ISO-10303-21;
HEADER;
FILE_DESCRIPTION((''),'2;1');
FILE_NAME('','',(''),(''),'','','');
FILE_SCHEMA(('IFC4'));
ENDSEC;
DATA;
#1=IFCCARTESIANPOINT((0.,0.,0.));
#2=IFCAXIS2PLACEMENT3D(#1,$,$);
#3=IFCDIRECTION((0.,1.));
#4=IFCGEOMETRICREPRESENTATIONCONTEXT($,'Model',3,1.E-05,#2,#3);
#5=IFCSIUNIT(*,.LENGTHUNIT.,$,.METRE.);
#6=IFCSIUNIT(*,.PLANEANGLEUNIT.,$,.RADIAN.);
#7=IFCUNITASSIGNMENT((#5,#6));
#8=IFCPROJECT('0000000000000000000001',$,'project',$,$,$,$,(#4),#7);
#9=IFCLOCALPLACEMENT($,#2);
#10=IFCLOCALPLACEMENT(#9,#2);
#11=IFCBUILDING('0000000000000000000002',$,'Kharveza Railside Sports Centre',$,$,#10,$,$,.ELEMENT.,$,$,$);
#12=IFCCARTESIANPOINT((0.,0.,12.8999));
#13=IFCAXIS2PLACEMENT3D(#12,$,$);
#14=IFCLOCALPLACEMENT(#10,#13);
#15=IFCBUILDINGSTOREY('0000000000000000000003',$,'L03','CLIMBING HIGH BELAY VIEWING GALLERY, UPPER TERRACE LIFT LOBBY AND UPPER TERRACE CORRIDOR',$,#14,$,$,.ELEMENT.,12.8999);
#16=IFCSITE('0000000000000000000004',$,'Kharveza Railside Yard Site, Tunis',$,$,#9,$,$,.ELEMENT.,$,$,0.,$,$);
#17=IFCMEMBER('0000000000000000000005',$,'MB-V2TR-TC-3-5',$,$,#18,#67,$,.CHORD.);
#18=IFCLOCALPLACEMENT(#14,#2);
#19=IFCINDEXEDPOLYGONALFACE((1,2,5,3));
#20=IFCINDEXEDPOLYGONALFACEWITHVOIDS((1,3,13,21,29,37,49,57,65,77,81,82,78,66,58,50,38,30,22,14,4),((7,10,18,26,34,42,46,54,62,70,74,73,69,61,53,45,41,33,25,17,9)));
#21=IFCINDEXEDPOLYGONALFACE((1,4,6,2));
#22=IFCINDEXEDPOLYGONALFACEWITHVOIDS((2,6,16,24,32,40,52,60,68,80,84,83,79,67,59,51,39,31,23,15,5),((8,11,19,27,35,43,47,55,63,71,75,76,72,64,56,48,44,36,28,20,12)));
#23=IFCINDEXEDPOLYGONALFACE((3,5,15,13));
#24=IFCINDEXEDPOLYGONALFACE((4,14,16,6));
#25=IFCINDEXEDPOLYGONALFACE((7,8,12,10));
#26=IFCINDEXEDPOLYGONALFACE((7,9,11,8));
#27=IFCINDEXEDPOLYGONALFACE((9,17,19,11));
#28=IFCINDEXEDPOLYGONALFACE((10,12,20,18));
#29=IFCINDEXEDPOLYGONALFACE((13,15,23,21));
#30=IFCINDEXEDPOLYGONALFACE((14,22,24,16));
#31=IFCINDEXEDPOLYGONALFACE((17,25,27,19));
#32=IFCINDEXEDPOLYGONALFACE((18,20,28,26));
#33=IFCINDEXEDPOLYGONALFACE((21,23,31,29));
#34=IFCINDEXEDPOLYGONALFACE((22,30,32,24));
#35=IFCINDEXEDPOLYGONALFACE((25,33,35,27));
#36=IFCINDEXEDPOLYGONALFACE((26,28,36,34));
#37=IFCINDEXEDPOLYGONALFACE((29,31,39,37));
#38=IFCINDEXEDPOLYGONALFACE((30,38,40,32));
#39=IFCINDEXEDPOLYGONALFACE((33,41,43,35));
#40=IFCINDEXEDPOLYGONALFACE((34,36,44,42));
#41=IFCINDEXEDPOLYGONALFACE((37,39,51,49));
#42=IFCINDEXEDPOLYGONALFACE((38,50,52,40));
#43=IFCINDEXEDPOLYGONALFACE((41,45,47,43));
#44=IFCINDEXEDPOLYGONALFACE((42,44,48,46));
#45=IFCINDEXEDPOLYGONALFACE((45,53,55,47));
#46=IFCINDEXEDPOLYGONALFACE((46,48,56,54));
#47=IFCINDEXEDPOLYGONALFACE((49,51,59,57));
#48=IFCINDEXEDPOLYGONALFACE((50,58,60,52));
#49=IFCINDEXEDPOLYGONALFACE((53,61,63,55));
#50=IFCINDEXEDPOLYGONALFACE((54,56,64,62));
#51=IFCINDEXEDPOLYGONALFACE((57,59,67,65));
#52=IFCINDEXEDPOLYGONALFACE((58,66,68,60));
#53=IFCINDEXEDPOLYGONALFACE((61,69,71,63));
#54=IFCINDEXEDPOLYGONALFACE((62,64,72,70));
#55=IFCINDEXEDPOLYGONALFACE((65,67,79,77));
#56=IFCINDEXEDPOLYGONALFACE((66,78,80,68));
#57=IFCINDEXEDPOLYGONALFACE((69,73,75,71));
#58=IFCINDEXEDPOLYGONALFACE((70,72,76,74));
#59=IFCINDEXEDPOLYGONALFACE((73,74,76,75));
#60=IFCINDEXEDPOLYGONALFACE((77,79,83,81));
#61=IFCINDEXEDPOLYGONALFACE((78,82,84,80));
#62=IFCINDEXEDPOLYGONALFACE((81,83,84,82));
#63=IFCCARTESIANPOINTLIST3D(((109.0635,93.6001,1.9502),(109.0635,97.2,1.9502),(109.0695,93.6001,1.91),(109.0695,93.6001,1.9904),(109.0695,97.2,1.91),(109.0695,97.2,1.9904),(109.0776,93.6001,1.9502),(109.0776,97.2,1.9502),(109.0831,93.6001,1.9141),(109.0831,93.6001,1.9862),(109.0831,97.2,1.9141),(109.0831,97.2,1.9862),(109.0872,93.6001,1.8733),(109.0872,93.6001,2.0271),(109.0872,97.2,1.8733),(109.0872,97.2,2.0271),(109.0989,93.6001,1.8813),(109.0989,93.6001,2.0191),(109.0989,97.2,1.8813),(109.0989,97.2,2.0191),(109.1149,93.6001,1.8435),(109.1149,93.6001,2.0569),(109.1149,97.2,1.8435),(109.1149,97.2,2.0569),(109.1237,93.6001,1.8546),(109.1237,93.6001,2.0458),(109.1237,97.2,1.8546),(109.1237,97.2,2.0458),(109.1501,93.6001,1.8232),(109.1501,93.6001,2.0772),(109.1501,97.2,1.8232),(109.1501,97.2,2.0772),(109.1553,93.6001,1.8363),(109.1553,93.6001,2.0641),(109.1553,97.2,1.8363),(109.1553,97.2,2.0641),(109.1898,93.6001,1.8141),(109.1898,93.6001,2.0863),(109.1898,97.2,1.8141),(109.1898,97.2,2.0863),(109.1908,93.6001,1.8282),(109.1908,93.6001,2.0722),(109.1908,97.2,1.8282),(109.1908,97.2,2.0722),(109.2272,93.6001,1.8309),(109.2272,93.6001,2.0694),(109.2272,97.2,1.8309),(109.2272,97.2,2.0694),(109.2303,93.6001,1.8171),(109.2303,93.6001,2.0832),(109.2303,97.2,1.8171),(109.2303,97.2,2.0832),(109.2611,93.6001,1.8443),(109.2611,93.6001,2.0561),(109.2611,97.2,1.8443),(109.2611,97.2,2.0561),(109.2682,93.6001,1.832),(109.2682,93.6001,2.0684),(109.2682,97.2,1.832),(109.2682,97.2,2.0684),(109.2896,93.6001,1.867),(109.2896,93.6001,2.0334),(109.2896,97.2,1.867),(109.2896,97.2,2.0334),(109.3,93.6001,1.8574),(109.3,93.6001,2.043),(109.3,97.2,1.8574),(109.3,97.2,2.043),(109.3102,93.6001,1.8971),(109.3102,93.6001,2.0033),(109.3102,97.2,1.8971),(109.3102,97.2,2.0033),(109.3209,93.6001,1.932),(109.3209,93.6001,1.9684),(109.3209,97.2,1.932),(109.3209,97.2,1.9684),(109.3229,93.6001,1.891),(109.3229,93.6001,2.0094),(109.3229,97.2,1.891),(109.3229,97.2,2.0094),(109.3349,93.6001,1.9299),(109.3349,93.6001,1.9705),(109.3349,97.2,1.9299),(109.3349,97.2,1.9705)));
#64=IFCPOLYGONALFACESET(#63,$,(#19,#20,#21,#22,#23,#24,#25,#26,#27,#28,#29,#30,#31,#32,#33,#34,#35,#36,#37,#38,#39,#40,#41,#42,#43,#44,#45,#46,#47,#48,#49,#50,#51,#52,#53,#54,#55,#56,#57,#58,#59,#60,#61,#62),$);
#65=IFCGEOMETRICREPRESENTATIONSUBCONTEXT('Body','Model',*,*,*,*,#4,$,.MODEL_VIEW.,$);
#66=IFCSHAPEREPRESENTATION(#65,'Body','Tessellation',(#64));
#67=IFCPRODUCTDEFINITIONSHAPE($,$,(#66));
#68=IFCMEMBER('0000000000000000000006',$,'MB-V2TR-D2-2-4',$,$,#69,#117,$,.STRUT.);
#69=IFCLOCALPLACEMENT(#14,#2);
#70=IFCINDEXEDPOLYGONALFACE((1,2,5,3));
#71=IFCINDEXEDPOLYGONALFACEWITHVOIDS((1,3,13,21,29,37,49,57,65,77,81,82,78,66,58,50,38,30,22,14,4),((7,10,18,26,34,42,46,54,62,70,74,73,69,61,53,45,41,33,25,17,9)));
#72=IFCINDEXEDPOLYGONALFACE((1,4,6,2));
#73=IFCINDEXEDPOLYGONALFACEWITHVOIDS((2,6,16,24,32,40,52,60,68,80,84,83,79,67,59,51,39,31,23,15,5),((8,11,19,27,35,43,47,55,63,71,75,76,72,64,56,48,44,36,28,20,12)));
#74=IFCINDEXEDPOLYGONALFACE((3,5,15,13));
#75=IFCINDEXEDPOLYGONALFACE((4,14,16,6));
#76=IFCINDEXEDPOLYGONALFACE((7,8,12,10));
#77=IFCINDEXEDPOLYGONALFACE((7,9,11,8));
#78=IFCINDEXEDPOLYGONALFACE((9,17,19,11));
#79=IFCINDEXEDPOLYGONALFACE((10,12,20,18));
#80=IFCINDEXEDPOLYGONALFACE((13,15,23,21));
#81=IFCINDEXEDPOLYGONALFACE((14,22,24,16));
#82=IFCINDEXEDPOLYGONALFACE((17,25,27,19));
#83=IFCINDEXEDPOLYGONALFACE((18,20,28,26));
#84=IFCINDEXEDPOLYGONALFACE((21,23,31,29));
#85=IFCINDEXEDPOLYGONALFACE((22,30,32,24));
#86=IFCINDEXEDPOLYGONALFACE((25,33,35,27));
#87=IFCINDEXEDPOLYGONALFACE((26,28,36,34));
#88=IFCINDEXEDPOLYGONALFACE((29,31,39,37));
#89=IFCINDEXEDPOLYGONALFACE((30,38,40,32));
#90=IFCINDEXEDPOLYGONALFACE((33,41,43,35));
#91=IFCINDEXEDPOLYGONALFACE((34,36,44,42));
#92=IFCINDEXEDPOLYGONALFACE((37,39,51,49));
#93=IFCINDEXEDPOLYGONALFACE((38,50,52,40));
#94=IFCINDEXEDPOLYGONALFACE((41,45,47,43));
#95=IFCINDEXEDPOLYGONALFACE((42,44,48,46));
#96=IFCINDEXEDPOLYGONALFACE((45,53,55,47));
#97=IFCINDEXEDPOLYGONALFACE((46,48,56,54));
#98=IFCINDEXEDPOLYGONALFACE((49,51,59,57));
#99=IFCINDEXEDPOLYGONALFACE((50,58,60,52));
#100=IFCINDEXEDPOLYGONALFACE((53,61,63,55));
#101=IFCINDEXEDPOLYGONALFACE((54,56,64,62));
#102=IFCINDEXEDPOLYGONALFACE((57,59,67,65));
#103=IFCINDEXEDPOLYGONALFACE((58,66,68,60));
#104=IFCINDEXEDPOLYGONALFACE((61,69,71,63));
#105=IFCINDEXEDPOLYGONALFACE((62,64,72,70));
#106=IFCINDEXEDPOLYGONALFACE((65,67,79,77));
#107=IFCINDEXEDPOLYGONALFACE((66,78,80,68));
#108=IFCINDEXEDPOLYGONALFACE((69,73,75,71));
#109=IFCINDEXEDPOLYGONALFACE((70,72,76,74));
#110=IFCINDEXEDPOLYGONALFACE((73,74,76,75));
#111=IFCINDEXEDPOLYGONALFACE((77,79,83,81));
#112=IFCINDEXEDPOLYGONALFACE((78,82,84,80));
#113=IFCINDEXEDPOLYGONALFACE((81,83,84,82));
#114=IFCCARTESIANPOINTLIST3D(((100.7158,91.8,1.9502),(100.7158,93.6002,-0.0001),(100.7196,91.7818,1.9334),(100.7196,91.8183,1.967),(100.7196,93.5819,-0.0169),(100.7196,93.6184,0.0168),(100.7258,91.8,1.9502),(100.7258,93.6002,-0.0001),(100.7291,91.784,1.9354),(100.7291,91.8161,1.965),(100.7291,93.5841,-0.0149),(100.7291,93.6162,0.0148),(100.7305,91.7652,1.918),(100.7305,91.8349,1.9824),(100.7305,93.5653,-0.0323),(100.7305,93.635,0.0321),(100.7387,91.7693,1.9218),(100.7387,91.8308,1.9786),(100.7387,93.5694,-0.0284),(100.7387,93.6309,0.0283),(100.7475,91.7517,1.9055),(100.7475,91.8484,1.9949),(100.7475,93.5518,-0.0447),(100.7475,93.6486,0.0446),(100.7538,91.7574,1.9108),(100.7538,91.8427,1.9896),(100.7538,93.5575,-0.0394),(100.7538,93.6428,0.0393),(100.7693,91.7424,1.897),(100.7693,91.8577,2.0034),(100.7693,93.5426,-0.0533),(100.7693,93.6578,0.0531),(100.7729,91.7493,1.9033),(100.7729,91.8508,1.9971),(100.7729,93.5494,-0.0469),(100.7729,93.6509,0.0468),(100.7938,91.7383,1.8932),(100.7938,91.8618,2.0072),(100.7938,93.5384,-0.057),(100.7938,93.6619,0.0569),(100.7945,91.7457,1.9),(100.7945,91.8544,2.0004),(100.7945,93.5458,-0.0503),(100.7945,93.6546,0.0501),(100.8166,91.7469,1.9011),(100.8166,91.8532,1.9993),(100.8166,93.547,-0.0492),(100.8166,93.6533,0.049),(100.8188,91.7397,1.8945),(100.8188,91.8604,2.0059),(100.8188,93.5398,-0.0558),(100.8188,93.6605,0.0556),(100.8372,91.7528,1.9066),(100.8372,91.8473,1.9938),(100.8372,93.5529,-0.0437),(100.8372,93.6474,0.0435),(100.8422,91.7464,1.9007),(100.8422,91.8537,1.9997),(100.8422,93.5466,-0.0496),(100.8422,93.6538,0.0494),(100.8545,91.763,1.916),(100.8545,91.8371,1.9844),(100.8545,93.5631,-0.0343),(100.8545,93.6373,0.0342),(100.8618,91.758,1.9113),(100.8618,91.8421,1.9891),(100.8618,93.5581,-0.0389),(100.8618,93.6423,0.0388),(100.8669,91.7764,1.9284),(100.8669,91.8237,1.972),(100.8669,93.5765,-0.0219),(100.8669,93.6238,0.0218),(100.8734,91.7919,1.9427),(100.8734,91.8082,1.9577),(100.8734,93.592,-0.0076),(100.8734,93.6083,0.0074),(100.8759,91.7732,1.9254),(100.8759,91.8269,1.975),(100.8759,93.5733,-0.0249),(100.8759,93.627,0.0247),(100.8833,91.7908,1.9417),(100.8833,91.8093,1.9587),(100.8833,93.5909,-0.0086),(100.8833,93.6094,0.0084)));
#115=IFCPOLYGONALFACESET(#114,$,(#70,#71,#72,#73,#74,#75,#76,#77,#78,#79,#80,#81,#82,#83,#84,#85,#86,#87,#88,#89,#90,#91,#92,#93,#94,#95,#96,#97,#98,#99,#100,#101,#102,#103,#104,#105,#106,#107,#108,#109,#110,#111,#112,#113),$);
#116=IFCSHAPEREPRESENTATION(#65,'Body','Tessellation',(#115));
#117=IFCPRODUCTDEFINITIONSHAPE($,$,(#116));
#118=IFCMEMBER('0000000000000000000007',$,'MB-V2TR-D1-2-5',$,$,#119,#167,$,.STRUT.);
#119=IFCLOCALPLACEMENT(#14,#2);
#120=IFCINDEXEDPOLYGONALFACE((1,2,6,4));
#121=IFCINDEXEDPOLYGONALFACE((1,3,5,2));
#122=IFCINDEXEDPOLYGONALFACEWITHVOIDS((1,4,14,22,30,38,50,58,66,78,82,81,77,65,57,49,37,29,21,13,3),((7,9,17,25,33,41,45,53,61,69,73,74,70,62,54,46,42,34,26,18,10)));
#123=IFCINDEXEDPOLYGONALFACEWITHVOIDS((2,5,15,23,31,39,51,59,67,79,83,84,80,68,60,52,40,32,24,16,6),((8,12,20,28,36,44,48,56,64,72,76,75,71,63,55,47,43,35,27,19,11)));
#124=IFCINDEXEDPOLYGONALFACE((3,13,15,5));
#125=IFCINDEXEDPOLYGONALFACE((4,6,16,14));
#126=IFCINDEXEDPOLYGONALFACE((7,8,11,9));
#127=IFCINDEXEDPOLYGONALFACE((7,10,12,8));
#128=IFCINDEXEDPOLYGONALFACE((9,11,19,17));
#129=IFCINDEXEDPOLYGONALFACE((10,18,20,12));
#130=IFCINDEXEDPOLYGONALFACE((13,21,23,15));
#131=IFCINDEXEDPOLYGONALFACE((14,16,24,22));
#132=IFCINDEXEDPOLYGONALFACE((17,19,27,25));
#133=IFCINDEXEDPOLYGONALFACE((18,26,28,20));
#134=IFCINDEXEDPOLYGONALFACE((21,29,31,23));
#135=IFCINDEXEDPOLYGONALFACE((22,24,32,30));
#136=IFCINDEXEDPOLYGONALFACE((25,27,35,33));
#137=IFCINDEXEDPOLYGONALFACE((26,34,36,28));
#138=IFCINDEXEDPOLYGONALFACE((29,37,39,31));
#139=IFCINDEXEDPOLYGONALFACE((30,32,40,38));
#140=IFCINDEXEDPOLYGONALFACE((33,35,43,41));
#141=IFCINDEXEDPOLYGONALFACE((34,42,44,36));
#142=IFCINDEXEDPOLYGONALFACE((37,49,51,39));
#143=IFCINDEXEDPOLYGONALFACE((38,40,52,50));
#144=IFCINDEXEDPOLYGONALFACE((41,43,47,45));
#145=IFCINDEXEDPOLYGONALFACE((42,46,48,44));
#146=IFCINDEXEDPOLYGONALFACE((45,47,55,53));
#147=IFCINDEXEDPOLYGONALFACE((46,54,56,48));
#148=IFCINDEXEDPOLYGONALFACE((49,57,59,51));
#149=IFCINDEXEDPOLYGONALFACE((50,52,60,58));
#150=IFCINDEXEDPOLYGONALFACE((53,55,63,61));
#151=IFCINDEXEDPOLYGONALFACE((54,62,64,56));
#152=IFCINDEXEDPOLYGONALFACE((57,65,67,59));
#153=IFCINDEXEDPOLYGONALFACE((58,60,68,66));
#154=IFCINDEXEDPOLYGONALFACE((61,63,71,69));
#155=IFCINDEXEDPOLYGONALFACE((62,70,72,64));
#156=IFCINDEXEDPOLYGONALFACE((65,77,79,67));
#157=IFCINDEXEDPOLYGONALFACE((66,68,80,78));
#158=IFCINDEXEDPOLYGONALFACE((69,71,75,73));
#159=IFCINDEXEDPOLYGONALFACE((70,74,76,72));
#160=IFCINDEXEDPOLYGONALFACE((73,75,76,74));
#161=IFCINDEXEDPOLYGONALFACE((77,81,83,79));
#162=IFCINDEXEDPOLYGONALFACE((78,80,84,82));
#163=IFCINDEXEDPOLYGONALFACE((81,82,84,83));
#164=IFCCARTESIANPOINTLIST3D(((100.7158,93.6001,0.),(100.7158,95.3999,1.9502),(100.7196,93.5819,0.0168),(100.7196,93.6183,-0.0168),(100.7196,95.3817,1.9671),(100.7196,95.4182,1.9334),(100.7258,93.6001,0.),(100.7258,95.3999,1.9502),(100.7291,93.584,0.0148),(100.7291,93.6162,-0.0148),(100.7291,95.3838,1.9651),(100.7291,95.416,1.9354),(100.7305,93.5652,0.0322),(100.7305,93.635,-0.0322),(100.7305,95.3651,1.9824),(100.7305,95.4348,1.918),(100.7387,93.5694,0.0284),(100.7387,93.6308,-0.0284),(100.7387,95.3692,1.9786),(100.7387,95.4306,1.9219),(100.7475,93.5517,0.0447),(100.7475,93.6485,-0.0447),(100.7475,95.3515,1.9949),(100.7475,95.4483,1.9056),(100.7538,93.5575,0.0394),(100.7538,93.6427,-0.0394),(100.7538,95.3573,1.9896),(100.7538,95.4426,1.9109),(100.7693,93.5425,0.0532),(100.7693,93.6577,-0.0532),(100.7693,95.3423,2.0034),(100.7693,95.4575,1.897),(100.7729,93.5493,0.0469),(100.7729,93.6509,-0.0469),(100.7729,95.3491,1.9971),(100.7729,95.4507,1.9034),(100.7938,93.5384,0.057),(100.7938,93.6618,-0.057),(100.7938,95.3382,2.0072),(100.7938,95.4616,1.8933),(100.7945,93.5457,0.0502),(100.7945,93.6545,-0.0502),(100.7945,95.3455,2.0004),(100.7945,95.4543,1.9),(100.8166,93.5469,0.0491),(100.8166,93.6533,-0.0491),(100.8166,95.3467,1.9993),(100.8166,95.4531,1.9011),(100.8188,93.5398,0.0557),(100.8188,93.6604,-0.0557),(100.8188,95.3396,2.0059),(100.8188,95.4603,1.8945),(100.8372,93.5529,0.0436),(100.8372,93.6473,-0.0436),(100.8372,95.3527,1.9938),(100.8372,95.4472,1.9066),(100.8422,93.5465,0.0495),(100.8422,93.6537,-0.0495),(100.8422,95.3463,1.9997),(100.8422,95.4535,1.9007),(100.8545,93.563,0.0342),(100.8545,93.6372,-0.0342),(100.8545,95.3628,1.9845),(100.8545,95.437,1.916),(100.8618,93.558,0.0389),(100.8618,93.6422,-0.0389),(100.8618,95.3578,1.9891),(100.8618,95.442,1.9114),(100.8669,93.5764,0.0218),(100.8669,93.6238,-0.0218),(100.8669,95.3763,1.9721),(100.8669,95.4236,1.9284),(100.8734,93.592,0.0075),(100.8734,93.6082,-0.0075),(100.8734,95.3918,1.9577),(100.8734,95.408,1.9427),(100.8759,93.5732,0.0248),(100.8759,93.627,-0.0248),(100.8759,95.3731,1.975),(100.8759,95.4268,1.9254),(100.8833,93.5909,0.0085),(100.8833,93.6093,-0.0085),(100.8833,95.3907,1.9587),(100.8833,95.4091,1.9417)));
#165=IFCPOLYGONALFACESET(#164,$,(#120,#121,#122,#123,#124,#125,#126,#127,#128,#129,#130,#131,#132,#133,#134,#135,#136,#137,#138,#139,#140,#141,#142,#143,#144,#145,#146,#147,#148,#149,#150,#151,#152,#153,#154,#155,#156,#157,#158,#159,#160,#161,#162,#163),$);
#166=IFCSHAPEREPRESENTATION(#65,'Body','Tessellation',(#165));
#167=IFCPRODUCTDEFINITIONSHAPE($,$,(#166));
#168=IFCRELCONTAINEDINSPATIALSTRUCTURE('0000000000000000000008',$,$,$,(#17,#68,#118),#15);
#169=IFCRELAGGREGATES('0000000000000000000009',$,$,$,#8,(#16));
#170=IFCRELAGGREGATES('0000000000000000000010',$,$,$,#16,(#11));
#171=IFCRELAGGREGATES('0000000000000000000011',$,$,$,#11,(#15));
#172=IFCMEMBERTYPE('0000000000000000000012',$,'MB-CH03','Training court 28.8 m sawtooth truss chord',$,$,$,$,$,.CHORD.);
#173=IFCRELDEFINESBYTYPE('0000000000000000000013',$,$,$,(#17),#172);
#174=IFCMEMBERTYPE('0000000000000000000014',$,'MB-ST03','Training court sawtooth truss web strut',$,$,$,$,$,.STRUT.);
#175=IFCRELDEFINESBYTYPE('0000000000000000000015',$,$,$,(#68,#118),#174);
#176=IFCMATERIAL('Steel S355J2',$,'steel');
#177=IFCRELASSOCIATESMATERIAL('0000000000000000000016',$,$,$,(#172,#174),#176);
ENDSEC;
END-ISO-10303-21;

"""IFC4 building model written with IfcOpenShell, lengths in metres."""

from ifc_helpers import new_model, si_unit, direction, frame, origin, origin_2d, place, context, subcontext, project, spatial, hollow_circle, extrude, material, material_profile, profile_set, type_object, element, save


model = new_model("IFC4")

# Units and contexts
model_context = context("Model", 3, precision=1e-05, world=origin(), true_north=direction((0.0, 1.0)))
body_context = subcontext(model_context, "Body", "Model", "MODEL_VIEW")
ifc_project = project(units=[si_unit("LENGTHUNIT", "METRE"), si_unit("PLANEANGLEUNIT", "RADIAN")], contexts=[model_context])

# Site, building, storey
site_placement = place(None, origin())
site = spatial("IfcSite", under=ifc_project, at=site_placement, Name="Kharveza Railside Yard Site, Tunis", CompositionType="ELEMENT", RefElevation=0.0)
building_placement = place(site_placement, origin())
building = spatial("IfcBuilding", under=site, at=building_placement, Name="Kharveza Railside Sports Centre", CompositionType="ELEMENT")
storey_placement = place(building_placement, frame((0.0, 0.0, 12.8999)))
storey = spatial("IfcBuildingStorey", under=building, at=storey_placement, Name="L03", Description="CLIMBING HIGH BELAY VIEWING GALLERY, UPPER TERRACE LIFT LOBBY AND UPPER TERRACE CORRIDOR", CompositionType="ELEMENT", Elevation=12.8999)

# Shared definitions
ifc_material_1 = material(Name="Steel S355J2", Category="steel")

# Members
ifc_material_profile_1 = material_profile(ifc_material_1, hollow_circle(Radius=0.1365, WallThickness=0.0142, at=origin_2d()), Name="CHS 273.0x14.2")
ifc_profile_set_1 = profile_set([ifc_material_profile_1], Name="Steel S355J2")
member_type_1 = type_object("IfcMemberType", Name="MB-CH03", Description="Training court 28.8 m sawtooth truss chord", PredefinedType="CHORD", material=ifc_profile_set_1)
for number, where, z_axis, x_axis, name in (
    (1, (109.2, 93.6001, 1.9502), (0.0, 1.0, 0.0), (-1.0, 0.0, 0.0), "MB-V2TR-TC-3-5"),
):
    element("IfcMember", number, at=place(storey_placement, frame(where, z_axis=z_axis, x_axis=x_axis)), inside=storey, type_object=member_type_1, Name=name, PredefinedType="CHORD", context=body_context, shape_type="SweptSolid", body=[
        extrude(hollow_circle(Radius=0.1365, WallThickness=0.0142, at=origin_2d()), origin(), (0.0, 0.0, 1.0), 3.5999),
    ])
ifc_material_profile_2 = material_profile(ifc_material_1, hollow_circle(Radius=0.0842, WallThickness=0.01, at=origin_2d()), Name="CHS 168.3x10.0")
ifc_profile_set_2 = profile_set([ifc_material_profile_2], Name="Steel S355J2")
member_type_2 = type_object("IfcMemberType", Name="MB-ST03", Description="Training court sawtooth truss web strut", PredefinedType="STRUT", material=ifc_profile_set_2)
member_1_placement = place(storey_placement, frame((100.8, 91.8, 1.9502), z_axis=(0.0, 0.678253, -0.734828), x_axis=(-1.0, 0.0, 0.0)))
element("IfcMember", 2, at=member_1_placement, inside=storey, type_object=member_type_2, Name="MB-V2TR-D2-2-4", PredefinedType="STRUT", context=body_context, shape_type="SweptSolid", body=[
    extrude(hollow_circle(Radius=0.0842, WallThickness=0.01, at=origin_2d()), origin(), (0.0, 0.0, 1.0), 2.6541),
])
member_2_placement = place(storey_placement, frame((100.8, 93.6001, 0.0), z_axis=(0.0, 0.678204, 0.734874), x_axis=(-1.0, 0.0, 0.0)))
element("IfcMember", 3, at=member_2_placement, inside=storey, type_object=member_type_2, Name="MB-V2TR-D1-2-5", PredefinedType="STRUT", context=body_context, shape_type="SweptSolid", body=[
    extrude(hollow_circle(Radius=0.0842, WallThickness=0.01, at=origin_2d()), origin(), (0.0, 0.0, 1.0), 2.6538),
])

save(model, "model.ifc")
